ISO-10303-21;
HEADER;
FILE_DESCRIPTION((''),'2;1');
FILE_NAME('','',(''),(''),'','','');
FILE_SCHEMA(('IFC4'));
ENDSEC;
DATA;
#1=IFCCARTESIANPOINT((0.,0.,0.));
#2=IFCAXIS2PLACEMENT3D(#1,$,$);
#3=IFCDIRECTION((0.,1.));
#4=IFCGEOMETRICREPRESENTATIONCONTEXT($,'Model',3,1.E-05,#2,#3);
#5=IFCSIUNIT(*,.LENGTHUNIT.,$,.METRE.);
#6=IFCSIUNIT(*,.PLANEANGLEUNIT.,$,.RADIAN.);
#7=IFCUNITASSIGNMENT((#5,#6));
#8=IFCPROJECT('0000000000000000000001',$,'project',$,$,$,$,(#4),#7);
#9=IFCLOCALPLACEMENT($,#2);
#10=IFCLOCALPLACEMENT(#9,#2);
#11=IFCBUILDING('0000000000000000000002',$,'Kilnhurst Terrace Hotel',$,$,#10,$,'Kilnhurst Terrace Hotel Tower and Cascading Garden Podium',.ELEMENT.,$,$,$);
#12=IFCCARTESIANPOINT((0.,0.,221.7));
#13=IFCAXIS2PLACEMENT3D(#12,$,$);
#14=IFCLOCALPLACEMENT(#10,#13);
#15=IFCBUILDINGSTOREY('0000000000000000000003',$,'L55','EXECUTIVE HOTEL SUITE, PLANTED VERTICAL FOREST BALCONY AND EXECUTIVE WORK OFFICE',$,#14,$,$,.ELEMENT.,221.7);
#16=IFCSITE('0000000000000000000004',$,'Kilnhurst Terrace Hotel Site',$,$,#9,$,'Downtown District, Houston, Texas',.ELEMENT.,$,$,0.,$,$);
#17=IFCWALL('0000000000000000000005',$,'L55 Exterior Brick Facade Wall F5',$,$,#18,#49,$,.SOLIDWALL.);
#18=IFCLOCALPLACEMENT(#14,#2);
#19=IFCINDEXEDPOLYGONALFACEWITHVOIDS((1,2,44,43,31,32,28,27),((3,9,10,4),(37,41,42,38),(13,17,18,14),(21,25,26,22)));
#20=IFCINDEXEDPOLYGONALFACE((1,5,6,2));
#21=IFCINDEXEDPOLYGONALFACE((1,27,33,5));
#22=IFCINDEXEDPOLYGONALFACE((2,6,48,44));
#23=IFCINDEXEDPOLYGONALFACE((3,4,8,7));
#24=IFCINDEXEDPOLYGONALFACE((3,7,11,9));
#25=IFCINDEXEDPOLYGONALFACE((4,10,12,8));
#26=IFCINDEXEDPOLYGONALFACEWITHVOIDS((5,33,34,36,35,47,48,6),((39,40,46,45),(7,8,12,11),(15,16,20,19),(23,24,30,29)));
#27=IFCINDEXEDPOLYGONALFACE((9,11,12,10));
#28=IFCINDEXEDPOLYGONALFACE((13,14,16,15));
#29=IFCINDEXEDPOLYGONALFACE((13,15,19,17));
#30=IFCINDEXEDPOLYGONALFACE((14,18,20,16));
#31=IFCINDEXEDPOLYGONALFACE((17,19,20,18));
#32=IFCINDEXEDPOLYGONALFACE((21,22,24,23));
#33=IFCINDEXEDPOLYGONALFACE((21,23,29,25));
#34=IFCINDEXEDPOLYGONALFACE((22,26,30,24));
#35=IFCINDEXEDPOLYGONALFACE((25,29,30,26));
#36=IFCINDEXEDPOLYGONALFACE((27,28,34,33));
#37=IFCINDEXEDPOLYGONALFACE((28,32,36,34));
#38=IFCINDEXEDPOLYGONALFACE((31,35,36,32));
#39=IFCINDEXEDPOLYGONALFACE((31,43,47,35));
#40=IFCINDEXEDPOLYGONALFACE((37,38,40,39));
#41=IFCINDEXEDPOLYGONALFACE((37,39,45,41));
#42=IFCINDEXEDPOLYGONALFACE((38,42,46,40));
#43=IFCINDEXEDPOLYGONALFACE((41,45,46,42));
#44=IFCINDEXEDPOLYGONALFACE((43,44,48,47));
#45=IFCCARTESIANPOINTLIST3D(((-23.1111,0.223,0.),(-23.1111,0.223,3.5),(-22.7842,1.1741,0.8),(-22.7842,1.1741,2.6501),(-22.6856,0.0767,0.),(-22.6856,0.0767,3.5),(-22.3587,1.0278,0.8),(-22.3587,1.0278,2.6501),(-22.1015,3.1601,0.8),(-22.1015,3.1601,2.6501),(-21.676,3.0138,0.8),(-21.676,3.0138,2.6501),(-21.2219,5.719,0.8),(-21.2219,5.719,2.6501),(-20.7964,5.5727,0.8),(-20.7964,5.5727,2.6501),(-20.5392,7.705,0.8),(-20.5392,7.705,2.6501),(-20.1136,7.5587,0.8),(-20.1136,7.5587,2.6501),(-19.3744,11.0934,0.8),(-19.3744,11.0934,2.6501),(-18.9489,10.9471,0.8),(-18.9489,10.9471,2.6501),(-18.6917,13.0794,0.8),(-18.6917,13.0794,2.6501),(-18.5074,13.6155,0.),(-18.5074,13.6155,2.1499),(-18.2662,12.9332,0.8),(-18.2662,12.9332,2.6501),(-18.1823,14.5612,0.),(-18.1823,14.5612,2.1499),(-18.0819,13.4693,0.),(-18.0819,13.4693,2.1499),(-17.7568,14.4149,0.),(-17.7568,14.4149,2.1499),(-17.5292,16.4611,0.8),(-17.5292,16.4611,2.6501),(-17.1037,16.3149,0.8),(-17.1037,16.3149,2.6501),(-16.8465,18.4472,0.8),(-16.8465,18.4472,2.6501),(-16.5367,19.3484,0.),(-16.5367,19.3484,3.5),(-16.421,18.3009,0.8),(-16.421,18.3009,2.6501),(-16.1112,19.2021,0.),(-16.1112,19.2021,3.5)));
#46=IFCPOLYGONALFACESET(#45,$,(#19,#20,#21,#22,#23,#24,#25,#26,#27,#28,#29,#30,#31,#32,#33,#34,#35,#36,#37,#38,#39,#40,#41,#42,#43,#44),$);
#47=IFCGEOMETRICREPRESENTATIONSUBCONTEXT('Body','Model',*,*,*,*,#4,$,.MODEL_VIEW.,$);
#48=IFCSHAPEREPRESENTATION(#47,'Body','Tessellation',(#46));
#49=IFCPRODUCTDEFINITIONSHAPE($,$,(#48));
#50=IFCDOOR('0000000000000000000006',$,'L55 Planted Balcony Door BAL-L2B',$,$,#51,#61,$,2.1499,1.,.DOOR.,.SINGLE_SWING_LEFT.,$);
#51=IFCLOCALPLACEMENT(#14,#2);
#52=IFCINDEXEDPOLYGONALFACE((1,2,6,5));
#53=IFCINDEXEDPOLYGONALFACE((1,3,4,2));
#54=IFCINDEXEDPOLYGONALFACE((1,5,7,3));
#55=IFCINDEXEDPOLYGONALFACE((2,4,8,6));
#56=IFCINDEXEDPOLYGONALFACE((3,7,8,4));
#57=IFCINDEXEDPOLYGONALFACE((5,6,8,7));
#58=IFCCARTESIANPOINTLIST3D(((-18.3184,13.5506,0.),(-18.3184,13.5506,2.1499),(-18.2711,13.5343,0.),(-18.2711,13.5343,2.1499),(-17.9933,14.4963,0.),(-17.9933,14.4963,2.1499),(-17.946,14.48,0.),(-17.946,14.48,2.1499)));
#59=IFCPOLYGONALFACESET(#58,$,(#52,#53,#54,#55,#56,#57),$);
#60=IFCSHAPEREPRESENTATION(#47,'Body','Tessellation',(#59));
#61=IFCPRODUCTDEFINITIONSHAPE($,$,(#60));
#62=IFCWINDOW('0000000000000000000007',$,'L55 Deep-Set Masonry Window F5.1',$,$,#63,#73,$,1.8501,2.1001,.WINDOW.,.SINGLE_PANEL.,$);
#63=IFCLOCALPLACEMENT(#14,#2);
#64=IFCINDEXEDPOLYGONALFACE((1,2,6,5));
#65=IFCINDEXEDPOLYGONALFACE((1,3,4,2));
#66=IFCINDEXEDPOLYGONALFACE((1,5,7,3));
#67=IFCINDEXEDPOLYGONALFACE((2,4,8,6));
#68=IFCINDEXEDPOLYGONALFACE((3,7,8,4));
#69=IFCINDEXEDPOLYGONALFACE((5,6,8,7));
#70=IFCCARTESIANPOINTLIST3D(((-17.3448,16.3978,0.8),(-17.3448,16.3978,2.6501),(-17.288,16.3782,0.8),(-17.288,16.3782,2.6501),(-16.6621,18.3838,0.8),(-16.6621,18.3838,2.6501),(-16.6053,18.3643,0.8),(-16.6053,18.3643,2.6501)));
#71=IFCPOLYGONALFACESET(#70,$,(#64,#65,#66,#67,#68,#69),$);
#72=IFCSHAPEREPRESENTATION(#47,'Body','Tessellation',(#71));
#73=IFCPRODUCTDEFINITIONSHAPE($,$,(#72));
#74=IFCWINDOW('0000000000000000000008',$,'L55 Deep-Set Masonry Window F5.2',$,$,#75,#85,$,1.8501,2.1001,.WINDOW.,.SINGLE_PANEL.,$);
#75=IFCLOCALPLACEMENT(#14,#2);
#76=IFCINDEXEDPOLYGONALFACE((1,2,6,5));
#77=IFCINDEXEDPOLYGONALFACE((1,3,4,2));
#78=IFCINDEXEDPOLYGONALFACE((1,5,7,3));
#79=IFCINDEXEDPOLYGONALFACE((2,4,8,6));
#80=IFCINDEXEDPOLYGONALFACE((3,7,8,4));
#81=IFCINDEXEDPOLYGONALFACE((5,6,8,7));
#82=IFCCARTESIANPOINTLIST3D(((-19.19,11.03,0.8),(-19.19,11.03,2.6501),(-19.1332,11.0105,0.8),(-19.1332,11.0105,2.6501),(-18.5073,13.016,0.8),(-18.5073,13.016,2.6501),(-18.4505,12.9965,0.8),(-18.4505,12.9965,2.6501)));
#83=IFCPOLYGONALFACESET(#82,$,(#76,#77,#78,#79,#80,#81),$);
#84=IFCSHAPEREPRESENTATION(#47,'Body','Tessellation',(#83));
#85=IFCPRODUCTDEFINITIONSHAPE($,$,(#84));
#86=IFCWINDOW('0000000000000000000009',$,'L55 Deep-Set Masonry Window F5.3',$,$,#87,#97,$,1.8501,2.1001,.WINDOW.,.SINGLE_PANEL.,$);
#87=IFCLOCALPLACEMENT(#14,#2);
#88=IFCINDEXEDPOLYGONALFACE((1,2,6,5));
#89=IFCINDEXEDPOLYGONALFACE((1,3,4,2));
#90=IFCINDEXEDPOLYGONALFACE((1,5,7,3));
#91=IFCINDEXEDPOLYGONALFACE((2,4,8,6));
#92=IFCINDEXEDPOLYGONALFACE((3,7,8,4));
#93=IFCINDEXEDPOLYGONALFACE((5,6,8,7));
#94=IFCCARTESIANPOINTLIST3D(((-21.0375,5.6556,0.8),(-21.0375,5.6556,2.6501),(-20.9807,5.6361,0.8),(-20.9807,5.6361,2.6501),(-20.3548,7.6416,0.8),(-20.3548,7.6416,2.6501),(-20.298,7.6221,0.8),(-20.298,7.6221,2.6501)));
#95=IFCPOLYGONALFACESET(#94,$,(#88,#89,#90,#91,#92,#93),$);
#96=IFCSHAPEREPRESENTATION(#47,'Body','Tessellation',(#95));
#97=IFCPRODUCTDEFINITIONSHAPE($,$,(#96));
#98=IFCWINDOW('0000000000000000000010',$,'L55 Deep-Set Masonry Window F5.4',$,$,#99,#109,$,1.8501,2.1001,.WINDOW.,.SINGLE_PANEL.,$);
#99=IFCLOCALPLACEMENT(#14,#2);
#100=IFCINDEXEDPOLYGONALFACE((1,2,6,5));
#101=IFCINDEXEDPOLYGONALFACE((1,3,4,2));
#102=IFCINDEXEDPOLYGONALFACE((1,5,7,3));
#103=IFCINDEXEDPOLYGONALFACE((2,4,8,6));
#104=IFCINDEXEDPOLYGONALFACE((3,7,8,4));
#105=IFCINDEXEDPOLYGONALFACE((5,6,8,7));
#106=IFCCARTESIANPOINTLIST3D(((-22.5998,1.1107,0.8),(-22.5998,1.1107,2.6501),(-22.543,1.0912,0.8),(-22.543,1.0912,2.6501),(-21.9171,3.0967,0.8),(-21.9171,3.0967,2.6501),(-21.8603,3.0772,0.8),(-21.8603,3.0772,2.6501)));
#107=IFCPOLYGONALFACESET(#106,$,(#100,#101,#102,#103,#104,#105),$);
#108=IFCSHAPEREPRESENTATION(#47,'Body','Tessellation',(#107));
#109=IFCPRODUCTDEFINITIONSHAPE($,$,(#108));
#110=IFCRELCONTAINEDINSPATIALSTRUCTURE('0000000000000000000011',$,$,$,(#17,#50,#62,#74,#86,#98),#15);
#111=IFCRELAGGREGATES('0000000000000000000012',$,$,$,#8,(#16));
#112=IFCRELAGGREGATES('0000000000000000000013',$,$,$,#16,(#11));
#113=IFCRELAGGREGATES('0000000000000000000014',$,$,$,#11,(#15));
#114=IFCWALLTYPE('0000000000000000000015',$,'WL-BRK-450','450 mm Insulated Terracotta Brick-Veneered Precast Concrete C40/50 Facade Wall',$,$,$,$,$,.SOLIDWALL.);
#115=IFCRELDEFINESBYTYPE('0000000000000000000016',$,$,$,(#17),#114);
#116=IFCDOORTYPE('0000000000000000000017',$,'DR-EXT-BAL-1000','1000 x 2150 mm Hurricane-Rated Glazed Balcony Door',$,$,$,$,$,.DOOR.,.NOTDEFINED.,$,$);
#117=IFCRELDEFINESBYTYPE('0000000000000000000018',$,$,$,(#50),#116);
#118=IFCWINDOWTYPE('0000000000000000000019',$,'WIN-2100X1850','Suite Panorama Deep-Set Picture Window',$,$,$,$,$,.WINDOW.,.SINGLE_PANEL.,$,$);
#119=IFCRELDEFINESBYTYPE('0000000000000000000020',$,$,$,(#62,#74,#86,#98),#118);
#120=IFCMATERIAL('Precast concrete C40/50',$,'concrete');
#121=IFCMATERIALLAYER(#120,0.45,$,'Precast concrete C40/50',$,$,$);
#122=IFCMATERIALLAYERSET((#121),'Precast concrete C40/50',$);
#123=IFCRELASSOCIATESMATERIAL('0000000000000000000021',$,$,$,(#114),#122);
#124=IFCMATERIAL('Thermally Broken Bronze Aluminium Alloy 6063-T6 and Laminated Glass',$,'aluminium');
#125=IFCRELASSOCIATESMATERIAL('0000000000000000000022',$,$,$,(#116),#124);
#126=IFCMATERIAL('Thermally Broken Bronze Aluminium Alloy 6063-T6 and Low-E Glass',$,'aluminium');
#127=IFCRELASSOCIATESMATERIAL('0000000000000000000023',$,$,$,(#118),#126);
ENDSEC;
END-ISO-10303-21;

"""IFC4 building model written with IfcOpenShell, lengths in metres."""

from ifc_helpers import new_model, si_unit, direction, frame, frame_2d, origin, place, context, subcontext, project, spatial, rectangle, extrude, material, layer, layer_set, type_object, element, fill, save


model = new_model("IFC4")

# Units and contexts
model_context = context("Model", 3, precision=1e-05, world=origin(), true_north=direction((0.0, 1.0)))
body_context = subcontext(model_context, "Body", "Model", "MODEL_VIEW")
ifc_project = project(units=[si_unit("LENGTHUNIT", "METRE"), si_unit("PLANEANGLEUNIT", "RADIAN")], contexts=[model_context])

# Site, building, storey
site_placement = place(None, origin())
site = spatial("IfcSite", under=ifc_project, at=site_placement, Name="Kilnhurst Terrace Hotel Site", LongName="Downtown District, Houston, Texas", CompositionType="ELEMENT", RefElevation=0.0)
building_placement = place(site_placement, origin())
building = spatial("IfcBuilding", under=site, at=building_placement, Name="Kilnhurst Terrace Hotel", LongName="Kilnhurst Terrace Hotel Tower and Cascading Garden Podium", CompositionType="ELEMENT")
storey_placement = place(building_placement, frame((0.0, 0.0, 221.7)))
storey = spatial("IfcBuildingStorey", under=building, at=storey_placement, Name="L55", Description="EXECUTIVE HOTEL SUITE, PLANTED VERTICAL FOREST BALCONY AND EXECUTIVE WORK OFFICE", CompositionType="ELEMENT", Elevation=221.7)

# Shared definitions
ifc_material_1 = material(Name="Precast concrete C40/50", Category="concrete")
ifc_layer_1 = layer(ifc_material_1, 0.45, Name="Precast concrete C40/50")
ifc_layer_set_1 = layer_set([ifc_layer_1], Name="Precast concrete C40/50")
wall_type_1 = type_object("IfcWallType", Name="WL-BRK-450", Description="450 mm Insulated Terracotta Brick-Veneered Precast Concrete C40/50 Facade Wall", PredefinedType="SOLIDWALL", material=ifc_layer_set_1)

# Wall, openings, door, windows
wall_1_placement = place(storey_placement, frame((-16.324, 19.2751, 0.0), z_axis=(0.0, 0.0, 1.0), x_axis=(-0.325083, -0.945685, 0.0)))
wall_1 = element("IfcWall", 1, at=wall_1_placement, inside=storey, type_object=wall_type_1, Name="L55 Exterior Brick Facade Wall F5", PredefinedType="SOLIDWALL", context=body_context, shape_type="SweptSolid", body=[
    extrude(rectangle(XDim=20.2239, YDim=0.45, at=frame_2d((10.1118, 0.0))), origin(), (0.0, 0.0, 1.0), 3.5),
])
opening_1_placement = place(wall_1_placement, frame((5.062, 0.0, 0.0)))
opening_1 = element("IfcOpeningElement", 2, at=opening_1_placement, cuts=wall_1, PredefinedType="OPENING", context=body_context, shape_type="SweptSolid", body=[
    extrude(rectangle(XDim=1.0, YDim=2.1499, at=frame_2d((0.5, 1.075))), frame((0.0, 0.2349, 0.0), z_axis=(0.0, -1.0, 0.0), x_axis=(1.0, 0.0, 0.0)), (0.0, 0.0, 1.0), 0.47),
])
opening_2_placement = place(wall_1_placement, frame((0.9529, 0.0, 0.8)))
opening_2 = element("IfcOpeningElement", 3, at=opening_2_placement, cuts=wall_1, PredefinedType="OPENING", context=body_context, shape_type="SweptSolid", body=[
    extrude(rectangle(XDim=2.1001, YDim=1.8501, at=frame_2d((1.05, 0.925))), frame((0.0, 0.2349, 0.0), z_axis=(0.0, -1.0, 0.0), x_axis=(1.0, 0.0, 0.0)), (0.0, 0.0, 1.0), 0.47),
])
opening_3_placement = place(wall_1_placement, frame((6.6289, 0.0, 0.8)))
opening_3 = element("IfcOpeningElement", 4, at=opening_3_placement, cuts=wall_1, PredefinedType="OPENING", context=body_context, shape_type="SweptSolid", body=[
    extrude(rectangle(XDim=2.1001, YDim=1.8501, at=frame_2d((1.05, 0.925))), frame((0.0, 0.2349, 0.0), z_axis=(0.0, -1.0, 0.0), x_axis=(1.0, 0.0, 0.0)), (0.0, 0.0, 1.0), 0.47),
])
opening_4_placement = place(wall_1_placement, frame((12.312, 0.0, 0.8)))
opening_4 = element("IfcOpeningElement", 5, at=opening_4_placement, cuts=wall_1, PredefinedType="OPENING", context=body_context, shape_type="SweptSolid", body=[
    extrude(rectangle(XDim=2.1001, YDim=1.8501, at=frame_2d((1.05, 0.925))), frame((0.0, 0.2349, 0.0), z_axis=(0.0, -1.0, 0.0), x_axis=(1.0, 0.0, 0.0)), (0.0, 0.0, 1.0), 0.47),
])
opening_5_placement = place(wall_1_placement, frame((17.1179, 0.0, 0.8)))
opening_5 = element("IfcOpeningElement", 6, at=opening_5_placement, cuts=wall_1, PredefinedType="OPENING", context=body_context, shape_type="SweptSolid", body=[
    extrude(rectangle(XDim=2.1001, YDim=1.8501, at=frame_2d((1.05, 0.925))), frame((0.0, 0.2349, 0.0), z_axis=(0.0, -1.0, 0.0), x_axis=(1.0, 0.0, 0.0)), (0.0, 0.0, 1.0), 0.47),
])
ifc_material_2 = material(Name="Thermally Broken Bronze Aluminium Alloy 6063-T6 and Laminated Glass", Category="aluminium")
door_type_1 = type_object("IfcDoorType", Name="DR-EXT-BAL-1000", Description="1000 x 2150 mm Hurricane-Rated Glazed Balcony Door", OperationType="NOTDEFINED", PredefinedType="DOOR", material=ifc_material_2)
door_1_placement = place(opening_1_placement, origin())
door_1 = element("IfcDoor", 7, at=door_1_placement, inside=storey, type_object=door_type_1, Name="L55 Planted Balcony Door BAL-L2B", OperationType="SINGLE_SWING_LEFT", OverallHeight=2.1499, OverallWidth=1.0, PredefinedType="DOOR", context=body_context, shape_type="SweptSolid", body=[
    extrude(rectangle(XDim=1.0, YDim=2.1499, at=frame_2d((0.5, 1.075))), frame((0.0, 0.0249, 0.0), z_axis=(0.0, -1.0, 0.0), x_axis=(1.0, 0.0, 0.0)), (0.0, 0.0, 1.0), 0.05),
])
fill(opening_1, door_1)
ifc_material_3 = material(Name="Thermally Broken Bronze Aluminium Alloy 6063-T6 and Low-E Glass", Category="aluminium")
window_type = type_object("IfcWindowType", Name="WIN-2100X1850", Description="Suite Panorama Deep-Set Picture Window", PartitioningType="SINGLE_PANEL", PredefinedType="WINDOW", material=ifc_material_3)
window_1_placement = place(opening_2_placement, origin())
window_1 = element("IfcWindow", 8, at=window_1_placement, inside=storey, type_object=window_type, Name="L55 Deep-Set Masonry Window F5.1", OverallHeight=1.8501, OverallWidth=2.1001, PartitioningType="SINGLE_PANEL", PredefinedType="WINDOW", context=body_context, shape_type="SweptSolid", body=[
    extrude(rectangle(XDim=2.1001, YDim=1.8501, at=frame_2d((1.05, 0.925))), frame((0.0, 0.03, 0.0), z_axis=(0.0, -1.0, 0.0), x_axis=(1.0, 0.0, 0.0)), (0.0, 0.0, 1.0), 0.0601),
])
fill(opening_2, window_1)
window_2_placement = place(opening_3_placement, origin())
window_2 = element("IfcWindow", 9, at=window_2_placement, inside=storey, type_object=window_type, Name="L55 Deep-Set Masonry Window F5.2", OverallHeight=1.8501, OverallWidth=2.1001, PartitioningType="SINGLE_PANEL", PredefinedType="WINDOW", context=body_context, shape_type="SweptSolid", body=[
    extrude(rectangle(XDim=2.1001, YDim=1.8501, at=frame_2d((1.05, 0.925))), frame((0.0, 0.03, 0.0), z_axis=(0.0, -1.0, 0.0), x_axis=(1.0, 0.0, 0.0)), (0.0, 0.0, 1.0), 0.0601),
])
fill(opening_3, window_2)
window_3_placement = place(opening_4_placement, origin())
window_3 = element("IfcWindow", 10, at=window_3_placement, inside=storey, type_object=window_type, Name="L55 Deep-Set Masonry Window F5.3", OverallHeight=1.8501, OverallWidth=2.1001, PartitioningType="SINGLE_PANEL", PredefinedType="WINDOW", context=body_context, shape_type="SweptSolid", body=[
    extrude(rectangle(XDim=2.1001, YDim=1.8501, at=frame_2d((1.05, 0.925))), frame((0.0, 0.03, 0.0), z_axis=(0.0, -1.0, 0.0), x_axis=(1.0, 0.0, 0.0)), (0.0, 0.0, 1.0), 0.0601),
])
fill(opening_4, window_3)
window_4_placement = place(opening_5_placement, origin())
window_4 = element("IfcWindow", 11, at=window_4_placement, inside=storey, type_object=window_type, Name="L55 Deep-Set Masonry Window F5.4", OverallHeight=1.8501, OverallWidth=2.1001, PartitioningType="SINGLE_PANEL", PredefinedType="WINDOW", context=body_context, shape_type="SweptSolid", body=[
    extrude(rectangle(XDim=2.1001, YDim=1.8501, at=frame_2d((1.05, 0.925))), frame((0.0, 0.03, 0.0), z_axis=(0.0, -1.0, 0.0), x_axis=(1.0, 0.0, 0.0)), (0.0, 0.0, 1.0), 0.0601),
])
fill(opening_5, window_4)

save(model, "model.ifc")
